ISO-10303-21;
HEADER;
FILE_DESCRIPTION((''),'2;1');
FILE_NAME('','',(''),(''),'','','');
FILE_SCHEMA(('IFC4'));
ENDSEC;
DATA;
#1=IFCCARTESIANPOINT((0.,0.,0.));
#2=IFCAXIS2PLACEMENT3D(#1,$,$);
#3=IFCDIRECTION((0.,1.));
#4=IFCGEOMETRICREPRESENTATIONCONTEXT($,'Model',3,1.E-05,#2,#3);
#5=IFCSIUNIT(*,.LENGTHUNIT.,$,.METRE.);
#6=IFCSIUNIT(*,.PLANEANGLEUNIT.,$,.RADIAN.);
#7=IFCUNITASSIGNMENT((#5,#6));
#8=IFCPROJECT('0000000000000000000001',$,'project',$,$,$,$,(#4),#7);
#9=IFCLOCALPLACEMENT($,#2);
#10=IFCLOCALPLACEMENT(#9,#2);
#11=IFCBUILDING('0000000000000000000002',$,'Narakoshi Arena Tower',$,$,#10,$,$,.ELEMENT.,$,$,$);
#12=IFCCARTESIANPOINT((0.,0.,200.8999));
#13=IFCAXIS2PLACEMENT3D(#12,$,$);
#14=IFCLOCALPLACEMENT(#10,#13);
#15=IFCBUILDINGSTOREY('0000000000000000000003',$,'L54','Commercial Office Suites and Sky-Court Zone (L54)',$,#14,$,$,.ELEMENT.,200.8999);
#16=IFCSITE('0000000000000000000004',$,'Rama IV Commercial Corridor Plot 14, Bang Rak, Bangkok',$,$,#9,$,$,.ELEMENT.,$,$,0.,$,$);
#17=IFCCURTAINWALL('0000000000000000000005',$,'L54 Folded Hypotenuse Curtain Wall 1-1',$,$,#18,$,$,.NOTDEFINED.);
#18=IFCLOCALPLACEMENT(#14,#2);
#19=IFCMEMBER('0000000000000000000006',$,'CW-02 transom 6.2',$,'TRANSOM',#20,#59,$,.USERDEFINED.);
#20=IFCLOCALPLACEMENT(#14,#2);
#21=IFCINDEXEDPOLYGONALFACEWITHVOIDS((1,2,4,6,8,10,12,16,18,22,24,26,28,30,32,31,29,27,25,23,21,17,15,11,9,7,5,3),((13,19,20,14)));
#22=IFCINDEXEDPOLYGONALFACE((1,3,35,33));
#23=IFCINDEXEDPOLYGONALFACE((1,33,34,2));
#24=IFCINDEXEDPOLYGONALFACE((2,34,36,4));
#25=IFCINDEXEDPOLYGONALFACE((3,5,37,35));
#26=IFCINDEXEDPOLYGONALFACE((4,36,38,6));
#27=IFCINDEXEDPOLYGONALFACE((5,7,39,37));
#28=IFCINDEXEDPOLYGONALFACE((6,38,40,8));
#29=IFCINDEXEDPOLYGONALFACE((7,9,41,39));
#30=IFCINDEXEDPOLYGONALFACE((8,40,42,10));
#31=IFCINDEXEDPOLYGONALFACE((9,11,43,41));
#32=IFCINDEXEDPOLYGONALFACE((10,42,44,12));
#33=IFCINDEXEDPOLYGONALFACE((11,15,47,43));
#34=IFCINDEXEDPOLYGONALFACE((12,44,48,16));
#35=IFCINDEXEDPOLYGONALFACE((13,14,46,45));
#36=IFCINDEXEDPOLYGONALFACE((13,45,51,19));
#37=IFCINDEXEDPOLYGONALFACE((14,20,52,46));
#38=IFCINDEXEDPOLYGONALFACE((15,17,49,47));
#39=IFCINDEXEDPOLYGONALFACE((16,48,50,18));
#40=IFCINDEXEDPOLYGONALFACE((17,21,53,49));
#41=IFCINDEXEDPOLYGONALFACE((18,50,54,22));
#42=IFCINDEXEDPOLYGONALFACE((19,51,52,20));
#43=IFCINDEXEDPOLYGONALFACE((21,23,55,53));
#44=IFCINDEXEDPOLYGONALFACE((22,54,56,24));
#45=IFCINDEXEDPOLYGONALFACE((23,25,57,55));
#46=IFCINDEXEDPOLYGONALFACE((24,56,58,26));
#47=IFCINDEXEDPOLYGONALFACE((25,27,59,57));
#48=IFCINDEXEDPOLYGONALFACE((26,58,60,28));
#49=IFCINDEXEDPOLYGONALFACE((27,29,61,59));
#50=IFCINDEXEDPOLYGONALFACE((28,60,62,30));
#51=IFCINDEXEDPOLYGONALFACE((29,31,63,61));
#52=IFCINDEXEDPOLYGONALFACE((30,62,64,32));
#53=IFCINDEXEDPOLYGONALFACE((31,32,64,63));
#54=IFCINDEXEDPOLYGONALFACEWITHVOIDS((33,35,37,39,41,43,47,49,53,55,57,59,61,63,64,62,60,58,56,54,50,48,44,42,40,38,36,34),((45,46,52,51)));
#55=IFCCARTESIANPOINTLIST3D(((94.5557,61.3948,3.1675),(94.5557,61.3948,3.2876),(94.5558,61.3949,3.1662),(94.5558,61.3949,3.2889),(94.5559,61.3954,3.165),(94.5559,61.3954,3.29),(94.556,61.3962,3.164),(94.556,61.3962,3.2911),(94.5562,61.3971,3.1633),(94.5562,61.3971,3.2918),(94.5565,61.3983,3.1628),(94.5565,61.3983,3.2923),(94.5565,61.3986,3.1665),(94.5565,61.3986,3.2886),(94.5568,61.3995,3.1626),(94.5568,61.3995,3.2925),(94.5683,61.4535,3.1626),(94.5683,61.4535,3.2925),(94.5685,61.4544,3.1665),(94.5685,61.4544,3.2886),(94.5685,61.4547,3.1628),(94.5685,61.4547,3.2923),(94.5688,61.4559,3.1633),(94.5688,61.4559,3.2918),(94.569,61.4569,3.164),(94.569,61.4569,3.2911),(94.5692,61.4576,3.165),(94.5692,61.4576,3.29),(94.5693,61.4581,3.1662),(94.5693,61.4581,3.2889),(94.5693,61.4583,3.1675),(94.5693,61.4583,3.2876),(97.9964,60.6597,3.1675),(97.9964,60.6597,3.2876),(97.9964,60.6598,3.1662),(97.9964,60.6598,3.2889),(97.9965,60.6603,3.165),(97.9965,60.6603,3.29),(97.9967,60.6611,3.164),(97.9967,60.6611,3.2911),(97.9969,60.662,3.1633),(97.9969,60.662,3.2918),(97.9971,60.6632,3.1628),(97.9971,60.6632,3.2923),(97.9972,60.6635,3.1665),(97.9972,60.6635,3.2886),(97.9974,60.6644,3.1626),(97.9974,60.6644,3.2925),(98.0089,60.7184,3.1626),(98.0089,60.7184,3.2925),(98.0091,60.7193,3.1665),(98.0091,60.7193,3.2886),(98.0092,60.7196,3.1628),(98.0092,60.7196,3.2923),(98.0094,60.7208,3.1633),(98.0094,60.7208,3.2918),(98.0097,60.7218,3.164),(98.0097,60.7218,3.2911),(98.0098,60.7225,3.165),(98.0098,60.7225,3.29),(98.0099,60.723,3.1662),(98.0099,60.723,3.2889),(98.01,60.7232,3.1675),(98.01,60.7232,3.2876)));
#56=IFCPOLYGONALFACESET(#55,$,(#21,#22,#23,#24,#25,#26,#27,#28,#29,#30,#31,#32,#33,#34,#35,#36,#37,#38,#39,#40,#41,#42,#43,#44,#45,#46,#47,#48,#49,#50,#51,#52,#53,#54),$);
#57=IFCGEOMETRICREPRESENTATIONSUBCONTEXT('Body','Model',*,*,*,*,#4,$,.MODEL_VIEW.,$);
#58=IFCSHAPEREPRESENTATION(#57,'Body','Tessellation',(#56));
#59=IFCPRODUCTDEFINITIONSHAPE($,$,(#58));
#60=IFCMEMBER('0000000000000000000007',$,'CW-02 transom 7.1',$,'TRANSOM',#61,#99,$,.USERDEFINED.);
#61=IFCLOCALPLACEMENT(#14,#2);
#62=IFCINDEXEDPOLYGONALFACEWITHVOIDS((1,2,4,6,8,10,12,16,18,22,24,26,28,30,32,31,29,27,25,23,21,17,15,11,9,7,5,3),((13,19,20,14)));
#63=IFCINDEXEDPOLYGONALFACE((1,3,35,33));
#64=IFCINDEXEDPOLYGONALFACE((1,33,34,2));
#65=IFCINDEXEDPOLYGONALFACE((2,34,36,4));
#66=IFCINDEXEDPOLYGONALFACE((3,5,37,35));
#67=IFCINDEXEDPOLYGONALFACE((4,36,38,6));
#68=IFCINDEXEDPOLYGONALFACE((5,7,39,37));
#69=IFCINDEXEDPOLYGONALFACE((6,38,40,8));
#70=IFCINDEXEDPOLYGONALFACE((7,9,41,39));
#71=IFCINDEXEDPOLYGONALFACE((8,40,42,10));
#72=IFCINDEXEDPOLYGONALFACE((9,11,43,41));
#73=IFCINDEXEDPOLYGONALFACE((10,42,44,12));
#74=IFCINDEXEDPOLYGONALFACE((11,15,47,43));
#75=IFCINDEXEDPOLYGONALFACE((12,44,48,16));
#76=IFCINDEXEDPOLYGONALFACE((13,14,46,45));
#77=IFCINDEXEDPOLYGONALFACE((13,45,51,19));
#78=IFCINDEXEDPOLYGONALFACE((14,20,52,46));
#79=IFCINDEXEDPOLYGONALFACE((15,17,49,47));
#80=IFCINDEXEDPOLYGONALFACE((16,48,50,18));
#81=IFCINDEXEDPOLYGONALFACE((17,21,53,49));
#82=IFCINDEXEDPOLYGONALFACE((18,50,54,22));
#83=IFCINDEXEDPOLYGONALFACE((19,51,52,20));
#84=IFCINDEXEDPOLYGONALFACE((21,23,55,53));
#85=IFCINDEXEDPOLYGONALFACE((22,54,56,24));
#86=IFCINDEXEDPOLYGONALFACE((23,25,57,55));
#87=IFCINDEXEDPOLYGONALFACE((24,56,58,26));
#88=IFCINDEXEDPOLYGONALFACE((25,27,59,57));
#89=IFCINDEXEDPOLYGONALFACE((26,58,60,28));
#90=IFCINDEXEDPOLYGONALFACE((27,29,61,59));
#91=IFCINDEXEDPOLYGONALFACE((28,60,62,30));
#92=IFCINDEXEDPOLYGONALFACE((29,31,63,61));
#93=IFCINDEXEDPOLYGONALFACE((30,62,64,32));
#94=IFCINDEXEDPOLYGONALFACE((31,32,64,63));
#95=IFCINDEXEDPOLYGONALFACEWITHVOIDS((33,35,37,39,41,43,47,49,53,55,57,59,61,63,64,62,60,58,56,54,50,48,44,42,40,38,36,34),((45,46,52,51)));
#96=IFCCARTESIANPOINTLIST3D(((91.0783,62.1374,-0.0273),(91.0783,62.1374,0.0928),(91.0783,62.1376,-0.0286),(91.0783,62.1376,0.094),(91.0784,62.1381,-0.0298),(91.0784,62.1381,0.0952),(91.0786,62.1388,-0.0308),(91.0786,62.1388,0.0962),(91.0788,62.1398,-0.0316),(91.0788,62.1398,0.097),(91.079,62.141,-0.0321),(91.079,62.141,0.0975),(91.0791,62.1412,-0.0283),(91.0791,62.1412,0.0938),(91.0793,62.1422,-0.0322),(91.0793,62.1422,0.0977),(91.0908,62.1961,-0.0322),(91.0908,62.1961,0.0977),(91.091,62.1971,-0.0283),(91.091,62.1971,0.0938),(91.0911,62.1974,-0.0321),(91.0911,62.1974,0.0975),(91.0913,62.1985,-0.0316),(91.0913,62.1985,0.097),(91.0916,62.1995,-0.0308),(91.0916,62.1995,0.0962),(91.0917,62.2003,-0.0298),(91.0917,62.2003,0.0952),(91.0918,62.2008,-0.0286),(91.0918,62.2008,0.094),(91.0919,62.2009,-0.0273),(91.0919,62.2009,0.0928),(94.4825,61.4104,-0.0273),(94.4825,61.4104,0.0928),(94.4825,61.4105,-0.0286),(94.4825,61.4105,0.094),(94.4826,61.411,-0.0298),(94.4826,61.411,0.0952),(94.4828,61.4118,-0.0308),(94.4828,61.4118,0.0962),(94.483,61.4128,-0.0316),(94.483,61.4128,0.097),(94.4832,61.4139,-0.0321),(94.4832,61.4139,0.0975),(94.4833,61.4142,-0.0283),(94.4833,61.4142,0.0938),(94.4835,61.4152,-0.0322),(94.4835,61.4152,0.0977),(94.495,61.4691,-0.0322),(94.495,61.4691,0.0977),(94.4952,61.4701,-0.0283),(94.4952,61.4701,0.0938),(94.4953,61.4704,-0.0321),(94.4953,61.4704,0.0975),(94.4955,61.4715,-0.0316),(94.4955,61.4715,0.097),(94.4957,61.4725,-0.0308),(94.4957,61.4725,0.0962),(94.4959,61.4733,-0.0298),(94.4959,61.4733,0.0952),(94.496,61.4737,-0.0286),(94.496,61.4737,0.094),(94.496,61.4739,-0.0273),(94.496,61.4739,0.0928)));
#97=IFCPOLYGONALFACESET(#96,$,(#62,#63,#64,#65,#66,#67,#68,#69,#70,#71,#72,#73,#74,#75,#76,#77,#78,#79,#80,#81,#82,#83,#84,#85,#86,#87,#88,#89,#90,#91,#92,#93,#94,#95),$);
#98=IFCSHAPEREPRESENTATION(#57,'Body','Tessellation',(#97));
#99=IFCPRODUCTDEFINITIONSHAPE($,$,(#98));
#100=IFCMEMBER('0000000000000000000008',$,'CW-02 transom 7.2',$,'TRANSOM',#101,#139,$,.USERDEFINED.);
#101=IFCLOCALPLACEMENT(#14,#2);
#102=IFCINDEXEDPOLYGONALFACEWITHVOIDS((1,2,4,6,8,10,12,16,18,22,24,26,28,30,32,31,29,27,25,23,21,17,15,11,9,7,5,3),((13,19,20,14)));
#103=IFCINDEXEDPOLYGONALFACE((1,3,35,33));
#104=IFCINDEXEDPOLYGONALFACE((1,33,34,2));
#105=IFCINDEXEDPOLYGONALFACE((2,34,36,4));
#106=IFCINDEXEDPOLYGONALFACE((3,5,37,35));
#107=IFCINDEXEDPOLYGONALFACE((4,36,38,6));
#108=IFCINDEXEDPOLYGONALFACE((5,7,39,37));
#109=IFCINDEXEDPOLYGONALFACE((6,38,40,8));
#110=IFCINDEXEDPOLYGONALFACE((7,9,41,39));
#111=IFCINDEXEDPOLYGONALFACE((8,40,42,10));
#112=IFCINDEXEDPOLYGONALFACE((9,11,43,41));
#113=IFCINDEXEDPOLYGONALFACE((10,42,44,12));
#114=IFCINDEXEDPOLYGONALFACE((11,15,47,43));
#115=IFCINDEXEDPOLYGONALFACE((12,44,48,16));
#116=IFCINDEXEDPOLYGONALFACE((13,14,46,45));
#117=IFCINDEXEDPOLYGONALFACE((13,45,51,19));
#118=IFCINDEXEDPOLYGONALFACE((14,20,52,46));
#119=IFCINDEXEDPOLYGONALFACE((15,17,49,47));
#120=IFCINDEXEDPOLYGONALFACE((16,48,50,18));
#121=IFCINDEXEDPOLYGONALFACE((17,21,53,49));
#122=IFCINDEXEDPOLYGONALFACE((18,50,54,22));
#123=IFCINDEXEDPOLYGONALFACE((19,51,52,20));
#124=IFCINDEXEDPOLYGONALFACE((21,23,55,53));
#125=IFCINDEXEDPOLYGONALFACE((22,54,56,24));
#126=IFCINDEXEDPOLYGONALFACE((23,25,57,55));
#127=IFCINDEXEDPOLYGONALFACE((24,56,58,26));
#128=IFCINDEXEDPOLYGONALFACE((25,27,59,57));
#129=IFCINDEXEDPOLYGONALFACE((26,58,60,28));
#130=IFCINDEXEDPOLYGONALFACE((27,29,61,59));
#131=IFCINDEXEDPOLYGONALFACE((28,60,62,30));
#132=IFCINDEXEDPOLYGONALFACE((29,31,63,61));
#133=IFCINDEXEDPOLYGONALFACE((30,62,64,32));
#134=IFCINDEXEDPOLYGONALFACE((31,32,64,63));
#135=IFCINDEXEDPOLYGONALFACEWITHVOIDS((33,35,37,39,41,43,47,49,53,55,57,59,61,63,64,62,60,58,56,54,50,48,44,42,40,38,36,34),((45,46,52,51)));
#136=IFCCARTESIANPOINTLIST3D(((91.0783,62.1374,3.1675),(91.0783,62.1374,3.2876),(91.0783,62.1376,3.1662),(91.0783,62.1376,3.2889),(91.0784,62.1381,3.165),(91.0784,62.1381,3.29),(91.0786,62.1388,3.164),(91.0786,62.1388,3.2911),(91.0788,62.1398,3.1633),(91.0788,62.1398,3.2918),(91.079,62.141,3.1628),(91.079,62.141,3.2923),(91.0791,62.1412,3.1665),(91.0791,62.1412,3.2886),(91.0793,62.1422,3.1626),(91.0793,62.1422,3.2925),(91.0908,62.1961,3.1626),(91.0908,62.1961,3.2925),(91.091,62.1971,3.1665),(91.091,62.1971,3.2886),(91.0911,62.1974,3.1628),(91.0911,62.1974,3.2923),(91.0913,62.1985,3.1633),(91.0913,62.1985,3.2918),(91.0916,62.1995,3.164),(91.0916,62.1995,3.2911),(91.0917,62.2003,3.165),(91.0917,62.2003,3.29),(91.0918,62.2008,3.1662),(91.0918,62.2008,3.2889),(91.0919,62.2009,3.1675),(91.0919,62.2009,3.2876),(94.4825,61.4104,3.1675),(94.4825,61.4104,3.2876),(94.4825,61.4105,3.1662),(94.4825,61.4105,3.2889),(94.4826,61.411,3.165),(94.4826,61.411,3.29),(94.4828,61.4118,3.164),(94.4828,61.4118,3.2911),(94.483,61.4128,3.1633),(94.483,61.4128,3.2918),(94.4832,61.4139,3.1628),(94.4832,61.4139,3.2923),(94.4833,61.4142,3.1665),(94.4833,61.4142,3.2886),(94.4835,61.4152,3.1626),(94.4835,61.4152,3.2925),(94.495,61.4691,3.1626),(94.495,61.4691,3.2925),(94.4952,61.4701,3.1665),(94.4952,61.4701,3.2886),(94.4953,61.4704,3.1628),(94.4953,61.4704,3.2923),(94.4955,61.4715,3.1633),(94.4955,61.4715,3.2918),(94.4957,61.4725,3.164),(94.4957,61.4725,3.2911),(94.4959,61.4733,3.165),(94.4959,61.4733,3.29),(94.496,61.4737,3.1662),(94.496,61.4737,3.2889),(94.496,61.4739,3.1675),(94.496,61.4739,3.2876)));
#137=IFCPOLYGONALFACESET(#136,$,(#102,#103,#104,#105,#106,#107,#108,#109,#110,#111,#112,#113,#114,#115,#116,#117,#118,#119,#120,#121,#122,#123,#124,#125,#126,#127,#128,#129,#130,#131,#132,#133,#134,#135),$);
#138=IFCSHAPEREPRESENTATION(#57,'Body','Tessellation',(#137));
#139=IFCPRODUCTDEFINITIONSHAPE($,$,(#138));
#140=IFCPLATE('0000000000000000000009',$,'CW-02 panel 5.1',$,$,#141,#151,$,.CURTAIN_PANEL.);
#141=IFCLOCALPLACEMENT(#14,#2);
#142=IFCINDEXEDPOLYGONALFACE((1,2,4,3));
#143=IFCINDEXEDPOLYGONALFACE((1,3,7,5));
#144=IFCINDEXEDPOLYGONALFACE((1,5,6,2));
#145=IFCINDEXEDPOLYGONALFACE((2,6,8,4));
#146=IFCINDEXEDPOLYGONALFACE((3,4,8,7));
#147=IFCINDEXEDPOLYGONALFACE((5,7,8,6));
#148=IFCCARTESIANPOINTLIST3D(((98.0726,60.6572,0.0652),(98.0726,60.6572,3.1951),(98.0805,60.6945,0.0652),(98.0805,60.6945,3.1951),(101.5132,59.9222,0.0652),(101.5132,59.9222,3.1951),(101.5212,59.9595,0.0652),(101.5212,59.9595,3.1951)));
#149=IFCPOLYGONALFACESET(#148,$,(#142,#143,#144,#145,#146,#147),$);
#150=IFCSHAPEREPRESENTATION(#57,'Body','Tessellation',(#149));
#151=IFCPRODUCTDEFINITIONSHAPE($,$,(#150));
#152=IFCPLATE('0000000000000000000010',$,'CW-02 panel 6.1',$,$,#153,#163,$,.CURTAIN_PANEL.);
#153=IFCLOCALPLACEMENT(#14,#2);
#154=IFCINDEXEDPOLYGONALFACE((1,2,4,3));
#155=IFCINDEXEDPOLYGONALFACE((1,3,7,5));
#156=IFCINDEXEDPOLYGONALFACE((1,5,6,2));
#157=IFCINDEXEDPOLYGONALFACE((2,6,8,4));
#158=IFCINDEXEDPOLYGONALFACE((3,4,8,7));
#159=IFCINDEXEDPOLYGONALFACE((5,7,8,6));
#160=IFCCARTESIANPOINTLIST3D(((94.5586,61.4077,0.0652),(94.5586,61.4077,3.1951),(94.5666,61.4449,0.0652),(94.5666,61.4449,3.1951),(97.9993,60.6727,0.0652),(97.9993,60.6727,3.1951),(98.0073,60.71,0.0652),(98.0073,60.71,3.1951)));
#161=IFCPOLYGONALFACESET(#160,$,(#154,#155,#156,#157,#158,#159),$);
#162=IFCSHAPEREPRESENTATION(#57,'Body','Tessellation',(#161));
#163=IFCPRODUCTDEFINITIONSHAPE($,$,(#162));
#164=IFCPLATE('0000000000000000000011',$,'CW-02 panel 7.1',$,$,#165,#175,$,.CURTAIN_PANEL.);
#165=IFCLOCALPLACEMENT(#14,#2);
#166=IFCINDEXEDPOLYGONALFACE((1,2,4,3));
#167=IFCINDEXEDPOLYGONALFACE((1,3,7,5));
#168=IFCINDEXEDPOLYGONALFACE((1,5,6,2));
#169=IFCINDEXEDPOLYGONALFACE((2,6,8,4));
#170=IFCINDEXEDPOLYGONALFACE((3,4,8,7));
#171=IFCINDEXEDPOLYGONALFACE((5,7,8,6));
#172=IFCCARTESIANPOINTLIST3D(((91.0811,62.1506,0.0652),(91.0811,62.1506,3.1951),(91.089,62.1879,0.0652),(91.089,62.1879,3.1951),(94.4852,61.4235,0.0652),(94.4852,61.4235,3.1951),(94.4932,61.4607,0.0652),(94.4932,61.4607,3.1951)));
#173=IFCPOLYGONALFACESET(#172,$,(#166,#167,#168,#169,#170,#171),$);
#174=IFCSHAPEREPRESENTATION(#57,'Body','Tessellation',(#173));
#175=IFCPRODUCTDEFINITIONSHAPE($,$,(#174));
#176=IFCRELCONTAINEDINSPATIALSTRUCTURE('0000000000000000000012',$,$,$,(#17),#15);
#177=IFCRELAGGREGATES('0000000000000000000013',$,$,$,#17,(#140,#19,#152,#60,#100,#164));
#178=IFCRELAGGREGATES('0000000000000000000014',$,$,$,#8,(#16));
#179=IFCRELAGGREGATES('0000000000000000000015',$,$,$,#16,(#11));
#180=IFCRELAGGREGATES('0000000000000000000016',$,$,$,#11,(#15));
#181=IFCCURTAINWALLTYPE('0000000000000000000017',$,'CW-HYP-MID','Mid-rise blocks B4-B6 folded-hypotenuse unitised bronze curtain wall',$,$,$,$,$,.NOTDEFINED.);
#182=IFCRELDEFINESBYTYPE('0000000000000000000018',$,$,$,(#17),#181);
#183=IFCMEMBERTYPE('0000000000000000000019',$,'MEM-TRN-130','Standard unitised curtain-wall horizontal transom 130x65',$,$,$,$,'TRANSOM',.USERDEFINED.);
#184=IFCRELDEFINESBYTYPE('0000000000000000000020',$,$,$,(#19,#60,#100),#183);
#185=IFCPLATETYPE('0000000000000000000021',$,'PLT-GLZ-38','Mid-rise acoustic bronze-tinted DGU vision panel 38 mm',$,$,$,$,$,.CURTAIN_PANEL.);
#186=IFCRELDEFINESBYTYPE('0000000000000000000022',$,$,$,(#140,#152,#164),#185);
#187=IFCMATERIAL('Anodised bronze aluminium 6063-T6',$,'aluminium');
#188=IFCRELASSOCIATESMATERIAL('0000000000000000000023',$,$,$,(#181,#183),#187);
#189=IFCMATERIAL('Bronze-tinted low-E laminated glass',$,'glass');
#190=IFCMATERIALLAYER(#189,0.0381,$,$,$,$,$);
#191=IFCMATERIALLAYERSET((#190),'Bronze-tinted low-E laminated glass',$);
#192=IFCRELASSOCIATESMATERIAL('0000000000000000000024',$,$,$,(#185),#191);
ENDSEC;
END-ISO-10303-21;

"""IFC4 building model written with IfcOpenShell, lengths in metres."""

from ifc_helpers import new_model, si_unit, direction, frame, origin, origin_2d, place, context, subcontext, project, spatial, rectangle, hollow_rectangle, extrude, material, layer, layer_set, material_profile, profile_set, type_object, element, aggregate, save


model = new_model("IFC4")

# Units and contexts
model_context = context("Model", 3, precision=1e-05, world=origin(), true_north=direction((0.0, 1.0)))
body_context = subcontext(model_context, "Body", "Model", "MODEL_VIEW")
ifc_project = project(units=[si_unit("LENGTHUNIT", "METRE"), si_unit("PLANEANGLEUNIT", "RADIAN")], contexts=[model_context])

# Site, building, storey
site_placement = place(None, origin())
site = spatial("IfcSite", under=ifc_project, at=site_placement, Name="Rama IV Commercial Corridor Plot 14, Bang Rak, Bangkok", CompositionType="ELEMENT", RefElevation=0.0)
building_placement = place(site_placement, origin())
building = spatial("IfcBuilding", under=site, at=building_placement, Name="Narakoshi Arena Tower", CompositionType="ELEMENT")
storey_placement = place(building_placement, frame((0.0, 0.0, 200.8999)))
storey = spatial("IfcBuildingStorey", under=building, at=storey_placement, Name="L54", Description="Commercial Office Suites and Sky-Court Zone (L54)", CompositionType="ELEMENT", Elevation=200.8999)

# Curtain wall, members, plates
ifc_material_1 = material(Name="Anodised bronze aluminium 6063-T6", Category="aluminium")
curtain_wall_type = type_object("IfcCurtainWallType", Name="CW-HYP-MID", Description="Mid-rise blocks B4-B6 folded-hypotenuse unitised bronze curtain wall", PredefinedType="NOTDEFINED", material=ifc_material_1)
curtain_wall_placement = place(storey_placement, origin())
curtain_wall = element("IfcCurtainWall", 1, at=curtain_wall_placement, inside=storey, type_object=curtain_wall_type, Name="L54 Folded Hypotenuse Curtain Wall 1-1", PredefinedType="NOTDEFINED")
ifc_material_profile_1 = material_profile(ifc_material_1, hollow_rectangle(XDim=0.0649, YDim=0.1299, WallThickness=0.0039, OuterFilletRadius=0.0049, at=origin_2d()), Name="TRN130x65x4")
ifc_profile_set_1 = profile_set([ifc_material_profile_1], Name="Anodised bronze aluminium 6063-T6")
member_type_1 = type_object("IfcMemberType", Name="MEM-TRN-130", Description="Standard unitised curtain-wall horizontal transom 130x65", ElementType="TRANSOM", PredefinedType="USERDEFINED", material=ifc_profile_set_1)
member_1_placement = place(storey_placement, frame((98.0032, 60.6914, 3.2275), z_axis=(-0.977929, 0.208937, 0.0), x_axis=(-0.208937, -0.977929, 0.0)))
member_1 = element("IfcMember", 2, at=member_1_placement, type_object=member_type_1, Name="CW-02 transom 6.2", ObjectType="TRANSOM", PredefinedType="USERDEFINED", context=body_context, shape_type="SweptSolid", body=[
    extrude(hollow_rectangle(XDim=0.0649, YDim=0.1299, WallThickness=0.0039, OuterFilletRadius=0.0049, at=origin_2d()), origin(), (0.0, 0.0, 1.0), 3.5183),
])
member_2_placement = place(storey_placement, frame((94.4893, 61.4421, 0.0327), z_axis=(-0.977946, 0.208858, 0.0), x_axis=(-0.208858, -0.977946, 0.0)))
member_2 = element("IfcMember", 3, at=member_2_placement, type_object=member_type_1, Name="CW-02 transom 7.1", ObjectType="TRANSOM", PredefinedType="USERDEFINED", context=body_context, shape_type="SweptSolid", body=[
    extrude(hollow_rectangle(XDim=0.0649, YDim=0.1299, WallThickness=0.0039, OuterFilletRadius=0.0049, at=origin_2d()), origin(), (0.0, 0.0, 1.0), 3.481),
])
member_3_placement = place(storey_placement, frame((94.4893, 61.4421, 3.2275), z_axis=(-0.977946, 0.208858, 0.0), x_axis=(-0.208858, -0.977946, 0.0)))
member_3 = element("IfcMember", 4, at=member_3_placement, type_object=member_type_1, Name="CW-02 transom 7.2", ObjectType="TRANSOM", PredefinedType="USERDEFINED", context=body_context, shape_type="SweptSolid", body=[
    extrude(hollow_rectangle(XDim=0.0649, YDim=0.1299, WallThickness=0.0039, OuterFilletRadius=0.0049, at=origin_2d()), origin(), (0.0, 0.0, 1.0), 3.481),
])
ifc_material_2 = material(Name="Bronze-tinted low-E laminated glass", Category="glass")
ifc_layer_1 = layer(ifc_material_2, 0.0381)
ifc_layer_set_1 = layer_set([ifc_layer_1], Name="Bronze-tinted low-E laminated glass")
plate_type = type_object("IfcPlateType", Name="PLT-GLZ-38", Description="Mid-rise acoustic bronze-tinted DGU vision panel 38 mm", PredefinedType="CURTAIN_PANEL", material=ifc_layer_set_1)
plate_1_placement = place(storey_placement, frame((99.7969, 60.3083, 0.0652), z_axis=(0.0, 0.0, 1.0), x_axis=(-0.977937, 0.208899, 0.0)))
plate_1 = element("IfcPlate", 5, at=plate_1_placement, type_object=plate_type, Name="CW-02 panel 5.1", PredefinedType="CURTAIN_PANEL", context=body_context, shape_type="SweptSolid", body=[
    extrude(rectangle(XDim=3.5183, YDim=0.0381, at=origin_2d()), origin(), (0.0, 0.0, 1.0), 3.1299),
])
plate_2_placement = place(storey_placement, frame((96.283, 61.0588, 0.0652), z_axis=(0.0, 0.0, 1.0), x_axis=(-0.977937, 0.208899, 0.0)))
plate_2 = element("IfcPlate", 6, at=plate_2_placement, type_object=plate_type, Name="CW-02 panel 6.1", PredefinedType="CURTAIN_PANEL", context=body_context, shape_type="SweptSolid", body=[
    extrude(rectangle(XDim=3.5183, YDim=0.0381, at=origin_2d()), origin(), (0.0, 0.0, 1.0), 3.1299),
])
plate_3_placement = place(storey_placement, frame((92.7871, 61.8057, 0.0652), z_axis=(0.0, 0.0, 1.0), x_axis=(-0.977937, 0.208899, 0.0)))
plate_3 = element("IfcPlate", 7, at=plate_3_placement, type_object=plate_type, Name="CW-02 panel 7.1", PredefinedType="CURTAIN_PANEL", context=body_context, shape_type="SweptSolid", body=[
    extrude(rectangle(XDim=3.481, YDim=0.0381, at=origin_2d()), origin(), (0.0, 0.0, 1.0), 3.1299),
])
aggregate(curtain_wall, [plate_1, member_1, plate_2, member_2, member_3, plate_3])

save(model, "model.ifc")
